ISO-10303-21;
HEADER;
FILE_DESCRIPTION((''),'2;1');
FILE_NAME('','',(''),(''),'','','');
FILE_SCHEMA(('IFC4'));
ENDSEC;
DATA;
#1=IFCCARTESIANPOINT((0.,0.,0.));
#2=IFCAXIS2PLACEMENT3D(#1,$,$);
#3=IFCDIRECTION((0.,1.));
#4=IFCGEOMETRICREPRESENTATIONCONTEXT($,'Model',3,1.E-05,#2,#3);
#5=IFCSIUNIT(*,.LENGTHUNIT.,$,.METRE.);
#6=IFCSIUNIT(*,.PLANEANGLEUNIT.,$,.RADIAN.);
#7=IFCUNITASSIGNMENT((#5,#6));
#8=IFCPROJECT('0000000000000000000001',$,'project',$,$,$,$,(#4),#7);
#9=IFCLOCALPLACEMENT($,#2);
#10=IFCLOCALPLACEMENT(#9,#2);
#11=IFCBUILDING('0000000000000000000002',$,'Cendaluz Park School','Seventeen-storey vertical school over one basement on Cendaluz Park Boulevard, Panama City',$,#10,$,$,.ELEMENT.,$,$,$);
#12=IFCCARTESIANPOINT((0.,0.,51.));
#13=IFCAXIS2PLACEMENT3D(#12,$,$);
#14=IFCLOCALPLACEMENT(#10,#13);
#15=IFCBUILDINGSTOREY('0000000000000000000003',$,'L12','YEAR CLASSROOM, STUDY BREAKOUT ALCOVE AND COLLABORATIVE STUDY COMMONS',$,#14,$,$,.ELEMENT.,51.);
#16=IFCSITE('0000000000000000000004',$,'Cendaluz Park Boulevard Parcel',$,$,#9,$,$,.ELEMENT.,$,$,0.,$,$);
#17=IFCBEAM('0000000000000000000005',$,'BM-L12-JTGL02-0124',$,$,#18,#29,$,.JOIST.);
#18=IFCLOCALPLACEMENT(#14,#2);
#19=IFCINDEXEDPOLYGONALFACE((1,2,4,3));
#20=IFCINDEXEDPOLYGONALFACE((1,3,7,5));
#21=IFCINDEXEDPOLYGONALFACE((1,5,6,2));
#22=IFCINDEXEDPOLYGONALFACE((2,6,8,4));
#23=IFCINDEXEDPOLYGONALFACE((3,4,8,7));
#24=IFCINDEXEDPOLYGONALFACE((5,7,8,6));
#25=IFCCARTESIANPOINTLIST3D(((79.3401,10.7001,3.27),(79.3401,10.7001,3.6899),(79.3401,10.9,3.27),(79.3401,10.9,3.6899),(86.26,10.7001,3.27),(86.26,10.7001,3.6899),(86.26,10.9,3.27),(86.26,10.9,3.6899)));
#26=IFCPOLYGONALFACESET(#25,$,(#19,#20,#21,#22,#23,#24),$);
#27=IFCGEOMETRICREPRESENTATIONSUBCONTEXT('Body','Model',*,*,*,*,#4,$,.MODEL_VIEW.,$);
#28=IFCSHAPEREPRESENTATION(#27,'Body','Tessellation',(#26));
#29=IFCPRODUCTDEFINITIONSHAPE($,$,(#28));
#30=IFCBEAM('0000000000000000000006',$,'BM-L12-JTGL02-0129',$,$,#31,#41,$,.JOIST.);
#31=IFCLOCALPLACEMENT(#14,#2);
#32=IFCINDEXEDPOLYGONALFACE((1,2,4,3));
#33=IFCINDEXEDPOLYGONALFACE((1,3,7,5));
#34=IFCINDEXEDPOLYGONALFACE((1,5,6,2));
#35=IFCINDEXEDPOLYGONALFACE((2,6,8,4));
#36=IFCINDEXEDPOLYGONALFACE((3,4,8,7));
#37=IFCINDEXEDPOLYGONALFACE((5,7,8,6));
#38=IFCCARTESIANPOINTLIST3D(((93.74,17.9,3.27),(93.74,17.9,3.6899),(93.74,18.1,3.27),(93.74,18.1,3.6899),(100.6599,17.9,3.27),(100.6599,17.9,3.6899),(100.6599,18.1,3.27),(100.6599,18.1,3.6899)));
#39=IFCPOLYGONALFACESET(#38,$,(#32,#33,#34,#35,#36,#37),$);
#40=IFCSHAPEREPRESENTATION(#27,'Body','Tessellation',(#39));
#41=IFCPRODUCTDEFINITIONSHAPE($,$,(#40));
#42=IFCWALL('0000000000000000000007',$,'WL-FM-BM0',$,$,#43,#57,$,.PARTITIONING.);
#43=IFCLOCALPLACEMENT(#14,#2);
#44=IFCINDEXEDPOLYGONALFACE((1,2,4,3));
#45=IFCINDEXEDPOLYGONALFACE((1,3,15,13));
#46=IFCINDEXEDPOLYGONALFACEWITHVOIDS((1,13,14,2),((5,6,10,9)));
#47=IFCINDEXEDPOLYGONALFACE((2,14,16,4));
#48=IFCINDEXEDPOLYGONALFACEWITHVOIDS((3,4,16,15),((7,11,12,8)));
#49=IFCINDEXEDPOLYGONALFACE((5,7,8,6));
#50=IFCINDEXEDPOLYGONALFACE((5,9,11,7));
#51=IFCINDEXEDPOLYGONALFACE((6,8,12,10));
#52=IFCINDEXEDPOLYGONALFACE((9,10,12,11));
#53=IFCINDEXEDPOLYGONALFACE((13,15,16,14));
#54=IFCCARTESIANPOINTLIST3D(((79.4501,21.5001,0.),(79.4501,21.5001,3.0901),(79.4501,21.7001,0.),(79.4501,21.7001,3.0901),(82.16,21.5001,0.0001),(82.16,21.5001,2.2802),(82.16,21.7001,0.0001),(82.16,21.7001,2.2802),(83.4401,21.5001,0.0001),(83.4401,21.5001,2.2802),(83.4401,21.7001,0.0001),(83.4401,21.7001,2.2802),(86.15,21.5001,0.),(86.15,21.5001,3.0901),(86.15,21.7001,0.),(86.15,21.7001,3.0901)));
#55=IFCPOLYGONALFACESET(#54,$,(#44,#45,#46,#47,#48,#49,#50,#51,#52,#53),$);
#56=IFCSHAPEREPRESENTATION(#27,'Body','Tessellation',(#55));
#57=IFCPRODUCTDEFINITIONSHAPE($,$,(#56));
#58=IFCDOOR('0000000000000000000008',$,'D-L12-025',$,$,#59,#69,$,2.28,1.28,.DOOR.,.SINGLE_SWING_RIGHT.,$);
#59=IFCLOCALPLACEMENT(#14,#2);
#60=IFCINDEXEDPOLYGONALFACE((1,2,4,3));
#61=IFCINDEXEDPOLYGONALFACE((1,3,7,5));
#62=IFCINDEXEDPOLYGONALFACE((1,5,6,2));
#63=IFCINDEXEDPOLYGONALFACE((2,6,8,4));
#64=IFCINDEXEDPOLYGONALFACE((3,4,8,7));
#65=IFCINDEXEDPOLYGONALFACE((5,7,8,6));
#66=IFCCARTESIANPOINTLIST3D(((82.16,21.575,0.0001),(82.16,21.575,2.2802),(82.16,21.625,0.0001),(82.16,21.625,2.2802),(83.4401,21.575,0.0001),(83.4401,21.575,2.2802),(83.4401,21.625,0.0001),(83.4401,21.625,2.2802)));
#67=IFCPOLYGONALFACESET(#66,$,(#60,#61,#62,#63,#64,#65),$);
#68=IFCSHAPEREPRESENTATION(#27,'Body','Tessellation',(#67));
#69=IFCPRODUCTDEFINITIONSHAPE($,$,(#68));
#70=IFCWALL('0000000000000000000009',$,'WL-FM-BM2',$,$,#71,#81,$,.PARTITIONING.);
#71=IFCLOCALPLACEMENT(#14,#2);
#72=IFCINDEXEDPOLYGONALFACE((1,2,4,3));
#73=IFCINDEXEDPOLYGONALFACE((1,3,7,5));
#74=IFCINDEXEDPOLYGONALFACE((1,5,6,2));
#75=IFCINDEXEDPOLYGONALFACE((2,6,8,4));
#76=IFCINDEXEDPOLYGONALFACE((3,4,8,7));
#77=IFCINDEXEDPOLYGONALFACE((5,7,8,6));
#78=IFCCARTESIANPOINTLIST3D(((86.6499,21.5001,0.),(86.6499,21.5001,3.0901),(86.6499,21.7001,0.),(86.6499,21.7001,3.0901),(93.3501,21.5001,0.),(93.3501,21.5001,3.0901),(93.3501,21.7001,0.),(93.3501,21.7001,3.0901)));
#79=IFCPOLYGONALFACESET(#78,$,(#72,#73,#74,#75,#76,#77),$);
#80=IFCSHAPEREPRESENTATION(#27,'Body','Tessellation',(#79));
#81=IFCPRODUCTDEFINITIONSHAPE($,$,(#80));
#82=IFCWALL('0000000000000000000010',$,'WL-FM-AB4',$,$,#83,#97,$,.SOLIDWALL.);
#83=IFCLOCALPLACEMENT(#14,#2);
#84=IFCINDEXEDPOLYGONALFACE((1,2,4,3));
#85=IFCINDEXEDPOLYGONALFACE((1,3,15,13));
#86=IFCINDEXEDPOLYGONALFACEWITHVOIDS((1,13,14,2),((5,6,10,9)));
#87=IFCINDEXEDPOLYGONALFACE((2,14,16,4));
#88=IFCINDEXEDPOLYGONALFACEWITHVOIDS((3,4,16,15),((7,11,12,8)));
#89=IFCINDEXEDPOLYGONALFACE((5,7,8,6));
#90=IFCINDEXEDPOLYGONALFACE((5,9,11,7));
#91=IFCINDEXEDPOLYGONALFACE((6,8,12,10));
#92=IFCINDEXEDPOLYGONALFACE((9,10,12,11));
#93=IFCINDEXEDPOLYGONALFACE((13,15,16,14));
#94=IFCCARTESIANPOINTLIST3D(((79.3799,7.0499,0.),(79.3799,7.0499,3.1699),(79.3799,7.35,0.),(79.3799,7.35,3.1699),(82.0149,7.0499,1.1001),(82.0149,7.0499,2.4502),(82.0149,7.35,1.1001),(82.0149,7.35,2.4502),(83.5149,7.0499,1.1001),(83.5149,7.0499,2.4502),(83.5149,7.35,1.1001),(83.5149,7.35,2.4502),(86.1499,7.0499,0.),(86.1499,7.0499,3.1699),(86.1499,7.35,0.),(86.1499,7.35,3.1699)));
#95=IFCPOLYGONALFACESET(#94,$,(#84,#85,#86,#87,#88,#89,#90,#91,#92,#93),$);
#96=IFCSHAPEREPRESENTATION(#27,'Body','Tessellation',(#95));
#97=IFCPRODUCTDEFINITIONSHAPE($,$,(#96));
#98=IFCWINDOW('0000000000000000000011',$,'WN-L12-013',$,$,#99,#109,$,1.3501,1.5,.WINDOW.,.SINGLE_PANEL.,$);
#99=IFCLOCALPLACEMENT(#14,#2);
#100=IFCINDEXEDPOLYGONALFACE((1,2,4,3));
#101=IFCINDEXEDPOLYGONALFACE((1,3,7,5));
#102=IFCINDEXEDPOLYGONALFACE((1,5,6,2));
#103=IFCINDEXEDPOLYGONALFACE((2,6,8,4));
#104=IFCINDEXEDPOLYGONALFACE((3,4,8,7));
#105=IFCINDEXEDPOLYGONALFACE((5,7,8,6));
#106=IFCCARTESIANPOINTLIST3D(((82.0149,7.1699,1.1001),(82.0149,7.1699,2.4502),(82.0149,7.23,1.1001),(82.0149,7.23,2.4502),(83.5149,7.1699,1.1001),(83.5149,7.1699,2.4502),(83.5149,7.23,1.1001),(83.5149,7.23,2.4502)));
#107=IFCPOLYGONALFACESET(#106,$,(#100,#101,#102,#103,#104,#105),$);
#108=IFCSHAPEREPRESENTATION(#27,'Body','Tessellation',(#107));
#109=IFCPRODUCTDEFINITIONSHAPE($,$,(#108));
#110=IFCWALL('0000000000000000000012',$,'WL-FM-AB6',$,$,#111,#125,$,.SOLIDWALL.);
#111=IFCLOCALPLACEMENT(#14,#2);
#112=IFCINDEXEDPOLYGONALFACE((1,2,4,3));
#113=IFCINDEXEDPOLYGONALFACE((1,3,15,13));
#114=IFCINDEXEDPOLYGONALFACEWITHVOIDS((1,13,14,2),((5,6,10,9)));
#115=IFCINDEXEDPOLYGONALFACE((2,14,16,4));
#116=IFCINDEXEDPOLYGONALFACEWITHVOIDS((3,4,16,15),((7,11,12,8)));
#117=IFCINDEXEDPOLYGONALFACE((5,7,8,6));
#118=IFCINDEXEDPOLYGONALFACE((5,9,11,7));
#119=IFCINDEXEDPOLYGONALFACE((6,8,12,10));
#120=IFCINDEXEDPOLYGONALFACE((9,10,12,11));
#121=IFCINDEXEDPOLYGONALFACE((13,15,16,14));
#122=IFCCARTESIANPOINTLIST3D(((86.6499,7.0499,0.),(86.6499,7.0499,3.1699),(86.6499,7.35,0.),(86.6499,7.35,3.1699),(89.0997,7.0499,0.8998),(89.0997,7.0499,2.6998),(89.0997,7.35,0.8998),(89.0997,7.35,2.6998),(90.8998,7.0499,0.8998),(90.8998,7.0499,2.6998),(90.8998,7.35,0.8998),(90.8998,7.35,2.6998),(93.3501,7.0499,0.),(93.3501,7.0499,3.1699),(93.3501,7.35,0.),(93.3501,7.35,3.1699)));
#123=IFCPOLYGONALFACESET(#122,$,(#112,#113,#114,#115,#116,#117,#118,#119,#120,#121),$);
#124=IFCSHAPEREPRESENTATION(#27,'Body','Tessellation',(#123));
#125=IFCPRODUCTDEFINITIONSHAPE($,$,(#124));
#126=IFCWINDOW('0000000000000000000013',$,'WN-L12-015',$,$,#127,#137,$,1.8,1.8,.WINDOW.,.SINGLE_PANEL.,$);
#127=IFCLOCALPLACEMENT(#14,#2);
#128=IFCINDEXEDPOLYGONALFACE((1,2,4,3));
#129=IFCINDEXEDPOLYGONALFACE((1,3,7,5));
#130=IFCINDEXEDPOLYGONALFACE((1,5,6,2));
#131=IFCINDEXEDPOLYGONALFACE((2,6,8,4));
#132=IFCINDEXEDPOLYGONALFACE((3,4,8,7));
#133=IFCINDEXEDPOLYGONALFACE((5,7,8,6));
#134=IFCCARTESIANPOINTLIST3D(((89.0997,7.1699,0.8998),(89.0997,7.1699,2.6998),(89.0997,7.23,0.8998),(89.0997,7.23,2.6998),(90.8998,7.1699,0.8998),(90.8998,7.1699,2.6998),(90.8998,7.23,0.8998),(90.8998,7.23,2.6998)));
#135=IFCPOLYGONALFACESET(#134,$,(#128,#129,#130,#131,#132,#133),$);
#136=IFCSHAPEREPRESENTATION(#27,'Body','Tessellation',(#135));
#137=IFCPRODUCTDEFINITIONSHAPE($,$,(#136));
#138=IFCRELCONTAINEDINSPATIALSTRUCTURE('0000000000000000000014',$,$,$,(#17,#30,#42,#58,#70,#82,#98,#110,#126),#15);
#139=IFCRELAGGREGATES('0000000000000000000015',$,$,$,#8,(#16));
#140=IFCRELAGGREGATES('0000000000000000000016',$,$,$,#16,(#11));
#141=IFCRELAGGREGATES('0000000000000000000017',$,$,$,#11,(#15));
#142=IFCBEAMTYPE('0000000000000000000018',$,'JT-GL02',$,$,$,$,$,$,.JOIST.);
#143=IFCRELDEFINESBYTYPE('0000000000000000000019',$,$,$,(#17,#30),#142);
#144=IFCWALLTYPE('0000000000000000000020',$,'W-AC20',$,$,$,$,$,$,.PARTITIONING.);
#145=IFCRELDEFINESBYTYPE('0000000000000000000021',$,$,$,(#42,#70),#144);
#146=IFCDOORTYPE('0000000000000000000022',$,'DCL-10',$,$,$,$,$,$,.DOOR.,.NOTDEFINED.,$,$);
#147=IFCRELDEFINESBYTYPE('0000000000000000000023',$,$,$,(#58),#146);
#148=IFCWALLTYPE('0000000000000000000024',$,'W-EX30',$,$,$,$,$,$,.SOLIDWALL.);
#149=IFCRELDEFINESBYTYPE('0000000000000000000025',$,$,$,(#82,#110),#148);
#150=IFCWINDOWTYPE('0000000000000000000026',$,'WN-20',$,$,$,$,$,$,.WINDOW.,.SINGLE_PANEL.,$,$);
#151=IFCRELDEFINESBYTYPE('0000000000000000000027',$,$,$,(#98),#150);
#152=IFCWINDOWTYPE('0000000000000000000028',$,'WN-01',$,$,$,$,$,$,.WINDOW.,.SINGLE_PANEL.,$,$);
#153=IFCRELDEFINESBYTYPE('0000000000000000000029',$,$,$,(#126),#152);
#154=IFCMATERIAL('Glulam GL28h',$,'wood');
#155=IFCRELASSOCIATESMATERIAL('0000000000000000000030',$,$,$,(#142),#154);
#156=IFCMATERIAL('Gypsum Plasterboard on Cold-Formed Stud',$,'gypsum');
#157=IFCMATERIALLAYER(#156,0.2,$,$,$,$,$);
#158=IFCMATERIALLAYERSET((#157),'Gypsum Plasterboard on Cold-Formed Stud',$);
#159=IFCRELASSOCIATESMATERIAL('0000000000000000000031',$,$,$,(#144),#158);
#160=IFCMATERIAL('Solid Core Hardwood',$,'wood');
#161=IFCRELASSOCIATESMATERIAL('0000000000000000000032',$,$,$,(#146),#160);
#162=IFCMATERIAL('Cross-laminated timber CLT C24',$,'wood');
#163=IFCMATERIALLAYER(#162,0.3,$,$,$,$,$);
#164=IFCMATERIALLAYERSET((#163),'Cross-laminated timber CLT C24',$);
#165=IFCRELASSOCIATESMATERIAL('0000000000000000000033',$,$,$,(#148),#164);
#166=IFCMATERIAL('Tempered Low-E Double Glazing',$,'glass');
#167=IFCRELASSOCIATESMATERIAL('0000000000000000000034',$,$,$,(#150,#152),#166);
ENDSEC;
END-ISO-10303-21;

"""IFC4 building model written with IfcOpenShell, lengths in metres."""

from ifc_helpers import new_model, si_unit, direction, frame, frame_2d, origin, origin_2d, place, context, subcontext, project, spatial, rectangle, extrude, material, layer, layer_set, material_profile, profile_set, type_object, element, fill, save


model = new_model("IFC4")

# Units and contexts
model_context = context("Model", 3, precision=1e-05, world=origin(), true_north=direction((0.0, 1.0)))
body_context = subcontext(model_context, "Body", "Model", "MODEL_VIEW")
ifc_project = project(units=[si_unit("LENGTHUNIT", "METRE"), si_unit("PLANEANGLEUNIT", "RADIAN")], contexts=[model_context])

# Site, building, storey
site_placement = place(None, origin())
site = spatial("IfcSite", under=ifc_project, at=site_placement, Name="Cendaluz Park Boulevard Parcel", CompositionType="ELEMENT", RefElevation=0.0)
building_placement = place(site_placement, origin())
building = spatial("IfcBuilding", under=site, at=building_placement, Name="Cendaluz Park School", Description="Seventeen-storey vertical school over one basement on Cendaluz Park Boulevard, Panama City", CompositionType="ELEMENT")
storey_placement = place(building_placement, frame((0.0, 0.0, 51.0)))
storey = spatial("IfcBuildingStorey", under=building, at=storey_placement, Name="L12", Description="YEAR CLASSROOM, STUDY BREAKOUT ALCOVE AND COLLABORATIVE STUDY COMMONS", CompositionType="ELEMENT", Elevation=51.0)

# Beams
ifc_material_1 = material(Name="Glulam GL28h", Category="wood")
ifc_material_profile_1 = material_profile(ifc_material_1, rectangle(XDim=0.2, YDim=0.4199, at=origin_2d()), Name="GL28h 200x420", Category="wood")
ifc_profile_set_1 = profile_set([ifc_material_profile_1], Name="Glulam GL28h")
beam_type_1 = type_object("IfcBeamType", Name="JT-GL02", PredefinedType="JOIST", material=ifc_profile_set_1)
for number, where, z_axis, x_axis, name in (
    (1, (79.3401, 10.8, 3.48), (1.0, 0.0, 0.0), (0.0, 1.0, 0.0), "BM-L12-JTGL02-0124"),
    (2, (93.74, 18.0, 3.48), (1.0, 0.0, 0.0), (0.0, 1.0, 0.0), "BM-L12-JTGL02-0129"),
):
    element("IfcBeam", number, at=place(storey_placement, frame(where, z_axis=z_axis, x_axis=x_axis)), inside=storey, type_object=beam_type_1, Name=name, PredefinedType="JOIST", context=body_context, shape_type="SweptSolid", body=[
        extrude(rectangle(XDim=0.2, YDim=0.4199, at=origin_2d()), origin(), (0.0, 0.0, 1.0), 6.9199),
    ])

# Wall, opening, door
ifc_material_2 = material(Name="Gypsum Plasterboard on Cold-Formed Stud", Category="gypsum")
ifc_layer_1 = layer(ifc_material_2, 0.2)
ifc_layer_set_1 = layer_set([ifc_layer_1], Name="Gypsum Plasterboard on Cold-Formed Stud")
wall_type_1 = type_object("IfcWallType", Name="W-AC20", PredefinedType="PARTITIONING", material=ifc_layer_set_1)
wall_1_placement = place(storey_placement, frame((79.45, 21.6001, 0.0), z_axis=(0.0, 0.0, 1.0), x_axis=(1.0, 0.0, 0.0)))
wall_1 = element("IfcWall", 3, at=wall_1_placement, inside=storey, type_object=wall_type_1, Name="WL-FM-BM0", PredefinedType="PARTITIONING", context=body_context, shape_type="SweptSolid", body=[
    extrude(rectangle(XDim=6.7, YDim=0.2, at=frame_2d((3.3501, 0.0))), origin(), (0.0, 0.0, 1.0), 3.0901),
])
opening_1_placement = place(wall_1_placement, frame((2.71, 0.0, 0.0)))
opening_1 = element("IfcOpeningElement", 4, at=opening_1_placement, cuts=wall_1, PredefinedType="OPENING", context=body_context, shape_type="SweptSolid", body=[
    extrude(rectangle(XDim=1.28, YDim=2.28, at=frame_2d((0.6401, 1.1401))), frame((0.0, 0.1121, 0.0), z_axis=(0.0, -1.0, 0.0), x_axis=(1.0, 0.0, 0.0)), (0.0, 0.0, 1.0), 0.2239),
])
ifc_material_3 = material(Name="Solid Core Hardwood", Category="wood")
door_type = type_object("IfcDoorType", Name="DCL-10", OperationType="NOTDEFINED", PredefinedType="DOOR", material=ifc_material_3)
door_placement = place(opening_1_placement, origin())
door = element("IfcDoor", 5, at=door_placement, inside=storey, type_object=door_type, Name="D-L12-025", OperationType="SINGLE_SWING_RIGHT", OverallHeight=2.28, OverallWidth=1.28, PredefinedType="DOOR", context=body_context, shape_type="SweptSolid", body=[
    extrude(rectangle(XDim=1.28, YDim=2.28, at=frame_2d((0.6401, 1.1401))), frame((0.0, 0.0249, 0.0), z_axis=(0.0, -1.0, 0.0), x_axis=(1.0, 0.0, 0.0)), (0.0, 0.0, 1.0), 0.05),
])
fill(opening_1, door)

# Wall
wall_2_placement = place(storey_placement, frame((86.6499, 21.6001, 0.0), z_axis=(0.0, 0.0, 1.0), x_axis=(1.0, 0.0, 0.0)))
element("IfcWall", 6, at=wall_2_placement, inside=storey, type_object=wall_type_1, Name="WL-FM-BM2", PredefinedType="PARTITIONING", context=body_context, shape_type="SweptSolid", body=[
    extrude(rectangle(XDim=6.7002, YDim=0.2, at=frame_2d((3.3501, 0.0))), origin(), (0.0, 0.0, 1.0), 3.0901),
])

# Walls, openings, windows
ifc_material_4 = material(Name="Cross-laminated timber CLT C24", Category="wood")
ifc_layer_2 = layer(ifc_material_4, 0.3)
ifc_layer_set_2 = layer_set([ifc_layer_2], Name="Cross-laminated timber CLT C24")
wall_type_2 = type_object("IfcWallType", Name="W-EX30", PredefinedType="SOLIDWALL", material=ifc_layer_set_2)
wall_3_placement = place(storey_placement, frame((79.3799, 7.2, 0.0), z_axis=(0.0, 0.0, 1.0), x_axis=(1.0, 0.0, 0.0)))
wall_3 = element("IfcWall", 7, at=wall_3_placement, inside=storey, type_object=wall_type_2, Name="WL-FM-AB4", PredefinedType="SOLIDWALL", context=body_context, shape_type="SweptSolid", body=[
    extrude(rectangle(XDim=6.77, YDim=0.3, at=frame_2d((3.385, 0.0))), origin(), (0.0, 0.0, 1.0), 3.1699),
])
opening_2_placement = place(wall_3_placement, frame((2.635, 0.0, 1.1001)))
opening_2 = element("IfcOpeningElement", 8, at=opening_2_placement, cuts=wall_3, PredefinedType="OPENING", context=body_context, shape_type="SweptSolid", body=[
    extrude(rectangle(XDim=1.5, YDim=1.3501, at=frame_2d((0.75, 0.675))), frame((0.0, 0.1621, 0.0), z_axis=(0.0, -1.0, 0.0), x_axis=(1.0, 0.0, 0.0)), (0.0, 0.0, 1.0), 0.324),
])
ifc_material_5 = material(Name="Tempered Low-E Double Glazing", Category="glass")
window_type_1 = type_object("IfcWindowType", Name="WN-20", PartitioningType="SINGLE_PANEL", PredefinedType="WINDOW", material=ifc_material_5)
window_1_placement = place(opening_2_placement, origin())
window_1 = element("IfcWindow", 9, at=window_1_placement, inside=storey, type_object=window_type_1, Name="WN-L12-013", OverallHeight=1.3501, OverallWidth=1.5, PartitioningType="SINGLE_PANEL", PredefinedType="WINDOW", context=body_context, shape_type="SweptSolid", body=[
    extrude(rectangle(XDim=1.5, YDim=1.3501, at=frame_2d((0.75, 0.675))), frame((0.0, 0.03, 0.0), z_axis=(0.0, -1.0, 0.0), x_axis=(1.0, 0.0, 0.0)), (0.0, 0.0, 1.0), 0.0601),
])
fill(opening_2, window_1)
wall_4_placement = place(storey_placement, frame((86.6499, 7.2, 0.0), z_axis=(0.0, 0.0, 1.0), x_axis=(1.0, 0.0, 0.0)))
wall_4 = element("IfcWall", 10, at=wall_4_placement, inside=storey, type_object=wall_type_2, Name="WL-FM-AB6", PredefinedType="SOLIDWALL", context=body_context, shape_type="SweptSolid", body=[
    extrude(rectangle(XDim=6.7002, YDim=0.3, at=frame_2d((3.3501, 0.0))), origin(), (0.0, 0.0, 1.0), 3.1699),
])
opening_3_placement = place(wall_4_placement, frame((2.45, 0.0, 0.8999)))
opening_3 = element("IfcOpeningElement", 11, at=opening_3_placement, cuts=wall_4, PredefinedType="OPENING", context=body_context, shape_type="SweptSolid", body=[
    extrude(rectangle(XDim=1.8, YDim=1.8, at=frame_2d((0.8999, 0.8999))), frame((0.0, 0.1621, 0.0), z_axis=(0.0, -1.0, 0.0), x_axis=(1.0, 0.0, 0.0)), (0.0, 0.0, 1.0), 0.324),
])
window_type_2 = type_object("IfcWindowType", Name="WN-01", PartitioningType="SINGLE_PANEL", PredefinedType="WINDOW", material=ifc_material_5)
window_2_placement = place(opening_3_placement, origin())
window_2 = element("IfcWindow", 12, at=window_2_placement, inside=storey, type_object=window_type_2, Name="WN-L12-015", OverallHeight=1.8, OverallWidth=1.8, PartitioningType="SINGLE_PANEL", PredefinedType="WINDOW", context=body_context, shape_type="SweptSolid", body=[
    extrude(rectangle(XDim=1.8, YDim=1.8, at=frame_2d((0.8999, 0.8999))), frame((0.0, 0.03, 0.0), z_axis=(0.0, -1.0, 0.0), x_axis=(1.0, 0.0, 0.0)), (0.0, 0.0, 1.0), 0.0601),
])
fill(opening_3, window_2)

save(model, "model.ifc")
